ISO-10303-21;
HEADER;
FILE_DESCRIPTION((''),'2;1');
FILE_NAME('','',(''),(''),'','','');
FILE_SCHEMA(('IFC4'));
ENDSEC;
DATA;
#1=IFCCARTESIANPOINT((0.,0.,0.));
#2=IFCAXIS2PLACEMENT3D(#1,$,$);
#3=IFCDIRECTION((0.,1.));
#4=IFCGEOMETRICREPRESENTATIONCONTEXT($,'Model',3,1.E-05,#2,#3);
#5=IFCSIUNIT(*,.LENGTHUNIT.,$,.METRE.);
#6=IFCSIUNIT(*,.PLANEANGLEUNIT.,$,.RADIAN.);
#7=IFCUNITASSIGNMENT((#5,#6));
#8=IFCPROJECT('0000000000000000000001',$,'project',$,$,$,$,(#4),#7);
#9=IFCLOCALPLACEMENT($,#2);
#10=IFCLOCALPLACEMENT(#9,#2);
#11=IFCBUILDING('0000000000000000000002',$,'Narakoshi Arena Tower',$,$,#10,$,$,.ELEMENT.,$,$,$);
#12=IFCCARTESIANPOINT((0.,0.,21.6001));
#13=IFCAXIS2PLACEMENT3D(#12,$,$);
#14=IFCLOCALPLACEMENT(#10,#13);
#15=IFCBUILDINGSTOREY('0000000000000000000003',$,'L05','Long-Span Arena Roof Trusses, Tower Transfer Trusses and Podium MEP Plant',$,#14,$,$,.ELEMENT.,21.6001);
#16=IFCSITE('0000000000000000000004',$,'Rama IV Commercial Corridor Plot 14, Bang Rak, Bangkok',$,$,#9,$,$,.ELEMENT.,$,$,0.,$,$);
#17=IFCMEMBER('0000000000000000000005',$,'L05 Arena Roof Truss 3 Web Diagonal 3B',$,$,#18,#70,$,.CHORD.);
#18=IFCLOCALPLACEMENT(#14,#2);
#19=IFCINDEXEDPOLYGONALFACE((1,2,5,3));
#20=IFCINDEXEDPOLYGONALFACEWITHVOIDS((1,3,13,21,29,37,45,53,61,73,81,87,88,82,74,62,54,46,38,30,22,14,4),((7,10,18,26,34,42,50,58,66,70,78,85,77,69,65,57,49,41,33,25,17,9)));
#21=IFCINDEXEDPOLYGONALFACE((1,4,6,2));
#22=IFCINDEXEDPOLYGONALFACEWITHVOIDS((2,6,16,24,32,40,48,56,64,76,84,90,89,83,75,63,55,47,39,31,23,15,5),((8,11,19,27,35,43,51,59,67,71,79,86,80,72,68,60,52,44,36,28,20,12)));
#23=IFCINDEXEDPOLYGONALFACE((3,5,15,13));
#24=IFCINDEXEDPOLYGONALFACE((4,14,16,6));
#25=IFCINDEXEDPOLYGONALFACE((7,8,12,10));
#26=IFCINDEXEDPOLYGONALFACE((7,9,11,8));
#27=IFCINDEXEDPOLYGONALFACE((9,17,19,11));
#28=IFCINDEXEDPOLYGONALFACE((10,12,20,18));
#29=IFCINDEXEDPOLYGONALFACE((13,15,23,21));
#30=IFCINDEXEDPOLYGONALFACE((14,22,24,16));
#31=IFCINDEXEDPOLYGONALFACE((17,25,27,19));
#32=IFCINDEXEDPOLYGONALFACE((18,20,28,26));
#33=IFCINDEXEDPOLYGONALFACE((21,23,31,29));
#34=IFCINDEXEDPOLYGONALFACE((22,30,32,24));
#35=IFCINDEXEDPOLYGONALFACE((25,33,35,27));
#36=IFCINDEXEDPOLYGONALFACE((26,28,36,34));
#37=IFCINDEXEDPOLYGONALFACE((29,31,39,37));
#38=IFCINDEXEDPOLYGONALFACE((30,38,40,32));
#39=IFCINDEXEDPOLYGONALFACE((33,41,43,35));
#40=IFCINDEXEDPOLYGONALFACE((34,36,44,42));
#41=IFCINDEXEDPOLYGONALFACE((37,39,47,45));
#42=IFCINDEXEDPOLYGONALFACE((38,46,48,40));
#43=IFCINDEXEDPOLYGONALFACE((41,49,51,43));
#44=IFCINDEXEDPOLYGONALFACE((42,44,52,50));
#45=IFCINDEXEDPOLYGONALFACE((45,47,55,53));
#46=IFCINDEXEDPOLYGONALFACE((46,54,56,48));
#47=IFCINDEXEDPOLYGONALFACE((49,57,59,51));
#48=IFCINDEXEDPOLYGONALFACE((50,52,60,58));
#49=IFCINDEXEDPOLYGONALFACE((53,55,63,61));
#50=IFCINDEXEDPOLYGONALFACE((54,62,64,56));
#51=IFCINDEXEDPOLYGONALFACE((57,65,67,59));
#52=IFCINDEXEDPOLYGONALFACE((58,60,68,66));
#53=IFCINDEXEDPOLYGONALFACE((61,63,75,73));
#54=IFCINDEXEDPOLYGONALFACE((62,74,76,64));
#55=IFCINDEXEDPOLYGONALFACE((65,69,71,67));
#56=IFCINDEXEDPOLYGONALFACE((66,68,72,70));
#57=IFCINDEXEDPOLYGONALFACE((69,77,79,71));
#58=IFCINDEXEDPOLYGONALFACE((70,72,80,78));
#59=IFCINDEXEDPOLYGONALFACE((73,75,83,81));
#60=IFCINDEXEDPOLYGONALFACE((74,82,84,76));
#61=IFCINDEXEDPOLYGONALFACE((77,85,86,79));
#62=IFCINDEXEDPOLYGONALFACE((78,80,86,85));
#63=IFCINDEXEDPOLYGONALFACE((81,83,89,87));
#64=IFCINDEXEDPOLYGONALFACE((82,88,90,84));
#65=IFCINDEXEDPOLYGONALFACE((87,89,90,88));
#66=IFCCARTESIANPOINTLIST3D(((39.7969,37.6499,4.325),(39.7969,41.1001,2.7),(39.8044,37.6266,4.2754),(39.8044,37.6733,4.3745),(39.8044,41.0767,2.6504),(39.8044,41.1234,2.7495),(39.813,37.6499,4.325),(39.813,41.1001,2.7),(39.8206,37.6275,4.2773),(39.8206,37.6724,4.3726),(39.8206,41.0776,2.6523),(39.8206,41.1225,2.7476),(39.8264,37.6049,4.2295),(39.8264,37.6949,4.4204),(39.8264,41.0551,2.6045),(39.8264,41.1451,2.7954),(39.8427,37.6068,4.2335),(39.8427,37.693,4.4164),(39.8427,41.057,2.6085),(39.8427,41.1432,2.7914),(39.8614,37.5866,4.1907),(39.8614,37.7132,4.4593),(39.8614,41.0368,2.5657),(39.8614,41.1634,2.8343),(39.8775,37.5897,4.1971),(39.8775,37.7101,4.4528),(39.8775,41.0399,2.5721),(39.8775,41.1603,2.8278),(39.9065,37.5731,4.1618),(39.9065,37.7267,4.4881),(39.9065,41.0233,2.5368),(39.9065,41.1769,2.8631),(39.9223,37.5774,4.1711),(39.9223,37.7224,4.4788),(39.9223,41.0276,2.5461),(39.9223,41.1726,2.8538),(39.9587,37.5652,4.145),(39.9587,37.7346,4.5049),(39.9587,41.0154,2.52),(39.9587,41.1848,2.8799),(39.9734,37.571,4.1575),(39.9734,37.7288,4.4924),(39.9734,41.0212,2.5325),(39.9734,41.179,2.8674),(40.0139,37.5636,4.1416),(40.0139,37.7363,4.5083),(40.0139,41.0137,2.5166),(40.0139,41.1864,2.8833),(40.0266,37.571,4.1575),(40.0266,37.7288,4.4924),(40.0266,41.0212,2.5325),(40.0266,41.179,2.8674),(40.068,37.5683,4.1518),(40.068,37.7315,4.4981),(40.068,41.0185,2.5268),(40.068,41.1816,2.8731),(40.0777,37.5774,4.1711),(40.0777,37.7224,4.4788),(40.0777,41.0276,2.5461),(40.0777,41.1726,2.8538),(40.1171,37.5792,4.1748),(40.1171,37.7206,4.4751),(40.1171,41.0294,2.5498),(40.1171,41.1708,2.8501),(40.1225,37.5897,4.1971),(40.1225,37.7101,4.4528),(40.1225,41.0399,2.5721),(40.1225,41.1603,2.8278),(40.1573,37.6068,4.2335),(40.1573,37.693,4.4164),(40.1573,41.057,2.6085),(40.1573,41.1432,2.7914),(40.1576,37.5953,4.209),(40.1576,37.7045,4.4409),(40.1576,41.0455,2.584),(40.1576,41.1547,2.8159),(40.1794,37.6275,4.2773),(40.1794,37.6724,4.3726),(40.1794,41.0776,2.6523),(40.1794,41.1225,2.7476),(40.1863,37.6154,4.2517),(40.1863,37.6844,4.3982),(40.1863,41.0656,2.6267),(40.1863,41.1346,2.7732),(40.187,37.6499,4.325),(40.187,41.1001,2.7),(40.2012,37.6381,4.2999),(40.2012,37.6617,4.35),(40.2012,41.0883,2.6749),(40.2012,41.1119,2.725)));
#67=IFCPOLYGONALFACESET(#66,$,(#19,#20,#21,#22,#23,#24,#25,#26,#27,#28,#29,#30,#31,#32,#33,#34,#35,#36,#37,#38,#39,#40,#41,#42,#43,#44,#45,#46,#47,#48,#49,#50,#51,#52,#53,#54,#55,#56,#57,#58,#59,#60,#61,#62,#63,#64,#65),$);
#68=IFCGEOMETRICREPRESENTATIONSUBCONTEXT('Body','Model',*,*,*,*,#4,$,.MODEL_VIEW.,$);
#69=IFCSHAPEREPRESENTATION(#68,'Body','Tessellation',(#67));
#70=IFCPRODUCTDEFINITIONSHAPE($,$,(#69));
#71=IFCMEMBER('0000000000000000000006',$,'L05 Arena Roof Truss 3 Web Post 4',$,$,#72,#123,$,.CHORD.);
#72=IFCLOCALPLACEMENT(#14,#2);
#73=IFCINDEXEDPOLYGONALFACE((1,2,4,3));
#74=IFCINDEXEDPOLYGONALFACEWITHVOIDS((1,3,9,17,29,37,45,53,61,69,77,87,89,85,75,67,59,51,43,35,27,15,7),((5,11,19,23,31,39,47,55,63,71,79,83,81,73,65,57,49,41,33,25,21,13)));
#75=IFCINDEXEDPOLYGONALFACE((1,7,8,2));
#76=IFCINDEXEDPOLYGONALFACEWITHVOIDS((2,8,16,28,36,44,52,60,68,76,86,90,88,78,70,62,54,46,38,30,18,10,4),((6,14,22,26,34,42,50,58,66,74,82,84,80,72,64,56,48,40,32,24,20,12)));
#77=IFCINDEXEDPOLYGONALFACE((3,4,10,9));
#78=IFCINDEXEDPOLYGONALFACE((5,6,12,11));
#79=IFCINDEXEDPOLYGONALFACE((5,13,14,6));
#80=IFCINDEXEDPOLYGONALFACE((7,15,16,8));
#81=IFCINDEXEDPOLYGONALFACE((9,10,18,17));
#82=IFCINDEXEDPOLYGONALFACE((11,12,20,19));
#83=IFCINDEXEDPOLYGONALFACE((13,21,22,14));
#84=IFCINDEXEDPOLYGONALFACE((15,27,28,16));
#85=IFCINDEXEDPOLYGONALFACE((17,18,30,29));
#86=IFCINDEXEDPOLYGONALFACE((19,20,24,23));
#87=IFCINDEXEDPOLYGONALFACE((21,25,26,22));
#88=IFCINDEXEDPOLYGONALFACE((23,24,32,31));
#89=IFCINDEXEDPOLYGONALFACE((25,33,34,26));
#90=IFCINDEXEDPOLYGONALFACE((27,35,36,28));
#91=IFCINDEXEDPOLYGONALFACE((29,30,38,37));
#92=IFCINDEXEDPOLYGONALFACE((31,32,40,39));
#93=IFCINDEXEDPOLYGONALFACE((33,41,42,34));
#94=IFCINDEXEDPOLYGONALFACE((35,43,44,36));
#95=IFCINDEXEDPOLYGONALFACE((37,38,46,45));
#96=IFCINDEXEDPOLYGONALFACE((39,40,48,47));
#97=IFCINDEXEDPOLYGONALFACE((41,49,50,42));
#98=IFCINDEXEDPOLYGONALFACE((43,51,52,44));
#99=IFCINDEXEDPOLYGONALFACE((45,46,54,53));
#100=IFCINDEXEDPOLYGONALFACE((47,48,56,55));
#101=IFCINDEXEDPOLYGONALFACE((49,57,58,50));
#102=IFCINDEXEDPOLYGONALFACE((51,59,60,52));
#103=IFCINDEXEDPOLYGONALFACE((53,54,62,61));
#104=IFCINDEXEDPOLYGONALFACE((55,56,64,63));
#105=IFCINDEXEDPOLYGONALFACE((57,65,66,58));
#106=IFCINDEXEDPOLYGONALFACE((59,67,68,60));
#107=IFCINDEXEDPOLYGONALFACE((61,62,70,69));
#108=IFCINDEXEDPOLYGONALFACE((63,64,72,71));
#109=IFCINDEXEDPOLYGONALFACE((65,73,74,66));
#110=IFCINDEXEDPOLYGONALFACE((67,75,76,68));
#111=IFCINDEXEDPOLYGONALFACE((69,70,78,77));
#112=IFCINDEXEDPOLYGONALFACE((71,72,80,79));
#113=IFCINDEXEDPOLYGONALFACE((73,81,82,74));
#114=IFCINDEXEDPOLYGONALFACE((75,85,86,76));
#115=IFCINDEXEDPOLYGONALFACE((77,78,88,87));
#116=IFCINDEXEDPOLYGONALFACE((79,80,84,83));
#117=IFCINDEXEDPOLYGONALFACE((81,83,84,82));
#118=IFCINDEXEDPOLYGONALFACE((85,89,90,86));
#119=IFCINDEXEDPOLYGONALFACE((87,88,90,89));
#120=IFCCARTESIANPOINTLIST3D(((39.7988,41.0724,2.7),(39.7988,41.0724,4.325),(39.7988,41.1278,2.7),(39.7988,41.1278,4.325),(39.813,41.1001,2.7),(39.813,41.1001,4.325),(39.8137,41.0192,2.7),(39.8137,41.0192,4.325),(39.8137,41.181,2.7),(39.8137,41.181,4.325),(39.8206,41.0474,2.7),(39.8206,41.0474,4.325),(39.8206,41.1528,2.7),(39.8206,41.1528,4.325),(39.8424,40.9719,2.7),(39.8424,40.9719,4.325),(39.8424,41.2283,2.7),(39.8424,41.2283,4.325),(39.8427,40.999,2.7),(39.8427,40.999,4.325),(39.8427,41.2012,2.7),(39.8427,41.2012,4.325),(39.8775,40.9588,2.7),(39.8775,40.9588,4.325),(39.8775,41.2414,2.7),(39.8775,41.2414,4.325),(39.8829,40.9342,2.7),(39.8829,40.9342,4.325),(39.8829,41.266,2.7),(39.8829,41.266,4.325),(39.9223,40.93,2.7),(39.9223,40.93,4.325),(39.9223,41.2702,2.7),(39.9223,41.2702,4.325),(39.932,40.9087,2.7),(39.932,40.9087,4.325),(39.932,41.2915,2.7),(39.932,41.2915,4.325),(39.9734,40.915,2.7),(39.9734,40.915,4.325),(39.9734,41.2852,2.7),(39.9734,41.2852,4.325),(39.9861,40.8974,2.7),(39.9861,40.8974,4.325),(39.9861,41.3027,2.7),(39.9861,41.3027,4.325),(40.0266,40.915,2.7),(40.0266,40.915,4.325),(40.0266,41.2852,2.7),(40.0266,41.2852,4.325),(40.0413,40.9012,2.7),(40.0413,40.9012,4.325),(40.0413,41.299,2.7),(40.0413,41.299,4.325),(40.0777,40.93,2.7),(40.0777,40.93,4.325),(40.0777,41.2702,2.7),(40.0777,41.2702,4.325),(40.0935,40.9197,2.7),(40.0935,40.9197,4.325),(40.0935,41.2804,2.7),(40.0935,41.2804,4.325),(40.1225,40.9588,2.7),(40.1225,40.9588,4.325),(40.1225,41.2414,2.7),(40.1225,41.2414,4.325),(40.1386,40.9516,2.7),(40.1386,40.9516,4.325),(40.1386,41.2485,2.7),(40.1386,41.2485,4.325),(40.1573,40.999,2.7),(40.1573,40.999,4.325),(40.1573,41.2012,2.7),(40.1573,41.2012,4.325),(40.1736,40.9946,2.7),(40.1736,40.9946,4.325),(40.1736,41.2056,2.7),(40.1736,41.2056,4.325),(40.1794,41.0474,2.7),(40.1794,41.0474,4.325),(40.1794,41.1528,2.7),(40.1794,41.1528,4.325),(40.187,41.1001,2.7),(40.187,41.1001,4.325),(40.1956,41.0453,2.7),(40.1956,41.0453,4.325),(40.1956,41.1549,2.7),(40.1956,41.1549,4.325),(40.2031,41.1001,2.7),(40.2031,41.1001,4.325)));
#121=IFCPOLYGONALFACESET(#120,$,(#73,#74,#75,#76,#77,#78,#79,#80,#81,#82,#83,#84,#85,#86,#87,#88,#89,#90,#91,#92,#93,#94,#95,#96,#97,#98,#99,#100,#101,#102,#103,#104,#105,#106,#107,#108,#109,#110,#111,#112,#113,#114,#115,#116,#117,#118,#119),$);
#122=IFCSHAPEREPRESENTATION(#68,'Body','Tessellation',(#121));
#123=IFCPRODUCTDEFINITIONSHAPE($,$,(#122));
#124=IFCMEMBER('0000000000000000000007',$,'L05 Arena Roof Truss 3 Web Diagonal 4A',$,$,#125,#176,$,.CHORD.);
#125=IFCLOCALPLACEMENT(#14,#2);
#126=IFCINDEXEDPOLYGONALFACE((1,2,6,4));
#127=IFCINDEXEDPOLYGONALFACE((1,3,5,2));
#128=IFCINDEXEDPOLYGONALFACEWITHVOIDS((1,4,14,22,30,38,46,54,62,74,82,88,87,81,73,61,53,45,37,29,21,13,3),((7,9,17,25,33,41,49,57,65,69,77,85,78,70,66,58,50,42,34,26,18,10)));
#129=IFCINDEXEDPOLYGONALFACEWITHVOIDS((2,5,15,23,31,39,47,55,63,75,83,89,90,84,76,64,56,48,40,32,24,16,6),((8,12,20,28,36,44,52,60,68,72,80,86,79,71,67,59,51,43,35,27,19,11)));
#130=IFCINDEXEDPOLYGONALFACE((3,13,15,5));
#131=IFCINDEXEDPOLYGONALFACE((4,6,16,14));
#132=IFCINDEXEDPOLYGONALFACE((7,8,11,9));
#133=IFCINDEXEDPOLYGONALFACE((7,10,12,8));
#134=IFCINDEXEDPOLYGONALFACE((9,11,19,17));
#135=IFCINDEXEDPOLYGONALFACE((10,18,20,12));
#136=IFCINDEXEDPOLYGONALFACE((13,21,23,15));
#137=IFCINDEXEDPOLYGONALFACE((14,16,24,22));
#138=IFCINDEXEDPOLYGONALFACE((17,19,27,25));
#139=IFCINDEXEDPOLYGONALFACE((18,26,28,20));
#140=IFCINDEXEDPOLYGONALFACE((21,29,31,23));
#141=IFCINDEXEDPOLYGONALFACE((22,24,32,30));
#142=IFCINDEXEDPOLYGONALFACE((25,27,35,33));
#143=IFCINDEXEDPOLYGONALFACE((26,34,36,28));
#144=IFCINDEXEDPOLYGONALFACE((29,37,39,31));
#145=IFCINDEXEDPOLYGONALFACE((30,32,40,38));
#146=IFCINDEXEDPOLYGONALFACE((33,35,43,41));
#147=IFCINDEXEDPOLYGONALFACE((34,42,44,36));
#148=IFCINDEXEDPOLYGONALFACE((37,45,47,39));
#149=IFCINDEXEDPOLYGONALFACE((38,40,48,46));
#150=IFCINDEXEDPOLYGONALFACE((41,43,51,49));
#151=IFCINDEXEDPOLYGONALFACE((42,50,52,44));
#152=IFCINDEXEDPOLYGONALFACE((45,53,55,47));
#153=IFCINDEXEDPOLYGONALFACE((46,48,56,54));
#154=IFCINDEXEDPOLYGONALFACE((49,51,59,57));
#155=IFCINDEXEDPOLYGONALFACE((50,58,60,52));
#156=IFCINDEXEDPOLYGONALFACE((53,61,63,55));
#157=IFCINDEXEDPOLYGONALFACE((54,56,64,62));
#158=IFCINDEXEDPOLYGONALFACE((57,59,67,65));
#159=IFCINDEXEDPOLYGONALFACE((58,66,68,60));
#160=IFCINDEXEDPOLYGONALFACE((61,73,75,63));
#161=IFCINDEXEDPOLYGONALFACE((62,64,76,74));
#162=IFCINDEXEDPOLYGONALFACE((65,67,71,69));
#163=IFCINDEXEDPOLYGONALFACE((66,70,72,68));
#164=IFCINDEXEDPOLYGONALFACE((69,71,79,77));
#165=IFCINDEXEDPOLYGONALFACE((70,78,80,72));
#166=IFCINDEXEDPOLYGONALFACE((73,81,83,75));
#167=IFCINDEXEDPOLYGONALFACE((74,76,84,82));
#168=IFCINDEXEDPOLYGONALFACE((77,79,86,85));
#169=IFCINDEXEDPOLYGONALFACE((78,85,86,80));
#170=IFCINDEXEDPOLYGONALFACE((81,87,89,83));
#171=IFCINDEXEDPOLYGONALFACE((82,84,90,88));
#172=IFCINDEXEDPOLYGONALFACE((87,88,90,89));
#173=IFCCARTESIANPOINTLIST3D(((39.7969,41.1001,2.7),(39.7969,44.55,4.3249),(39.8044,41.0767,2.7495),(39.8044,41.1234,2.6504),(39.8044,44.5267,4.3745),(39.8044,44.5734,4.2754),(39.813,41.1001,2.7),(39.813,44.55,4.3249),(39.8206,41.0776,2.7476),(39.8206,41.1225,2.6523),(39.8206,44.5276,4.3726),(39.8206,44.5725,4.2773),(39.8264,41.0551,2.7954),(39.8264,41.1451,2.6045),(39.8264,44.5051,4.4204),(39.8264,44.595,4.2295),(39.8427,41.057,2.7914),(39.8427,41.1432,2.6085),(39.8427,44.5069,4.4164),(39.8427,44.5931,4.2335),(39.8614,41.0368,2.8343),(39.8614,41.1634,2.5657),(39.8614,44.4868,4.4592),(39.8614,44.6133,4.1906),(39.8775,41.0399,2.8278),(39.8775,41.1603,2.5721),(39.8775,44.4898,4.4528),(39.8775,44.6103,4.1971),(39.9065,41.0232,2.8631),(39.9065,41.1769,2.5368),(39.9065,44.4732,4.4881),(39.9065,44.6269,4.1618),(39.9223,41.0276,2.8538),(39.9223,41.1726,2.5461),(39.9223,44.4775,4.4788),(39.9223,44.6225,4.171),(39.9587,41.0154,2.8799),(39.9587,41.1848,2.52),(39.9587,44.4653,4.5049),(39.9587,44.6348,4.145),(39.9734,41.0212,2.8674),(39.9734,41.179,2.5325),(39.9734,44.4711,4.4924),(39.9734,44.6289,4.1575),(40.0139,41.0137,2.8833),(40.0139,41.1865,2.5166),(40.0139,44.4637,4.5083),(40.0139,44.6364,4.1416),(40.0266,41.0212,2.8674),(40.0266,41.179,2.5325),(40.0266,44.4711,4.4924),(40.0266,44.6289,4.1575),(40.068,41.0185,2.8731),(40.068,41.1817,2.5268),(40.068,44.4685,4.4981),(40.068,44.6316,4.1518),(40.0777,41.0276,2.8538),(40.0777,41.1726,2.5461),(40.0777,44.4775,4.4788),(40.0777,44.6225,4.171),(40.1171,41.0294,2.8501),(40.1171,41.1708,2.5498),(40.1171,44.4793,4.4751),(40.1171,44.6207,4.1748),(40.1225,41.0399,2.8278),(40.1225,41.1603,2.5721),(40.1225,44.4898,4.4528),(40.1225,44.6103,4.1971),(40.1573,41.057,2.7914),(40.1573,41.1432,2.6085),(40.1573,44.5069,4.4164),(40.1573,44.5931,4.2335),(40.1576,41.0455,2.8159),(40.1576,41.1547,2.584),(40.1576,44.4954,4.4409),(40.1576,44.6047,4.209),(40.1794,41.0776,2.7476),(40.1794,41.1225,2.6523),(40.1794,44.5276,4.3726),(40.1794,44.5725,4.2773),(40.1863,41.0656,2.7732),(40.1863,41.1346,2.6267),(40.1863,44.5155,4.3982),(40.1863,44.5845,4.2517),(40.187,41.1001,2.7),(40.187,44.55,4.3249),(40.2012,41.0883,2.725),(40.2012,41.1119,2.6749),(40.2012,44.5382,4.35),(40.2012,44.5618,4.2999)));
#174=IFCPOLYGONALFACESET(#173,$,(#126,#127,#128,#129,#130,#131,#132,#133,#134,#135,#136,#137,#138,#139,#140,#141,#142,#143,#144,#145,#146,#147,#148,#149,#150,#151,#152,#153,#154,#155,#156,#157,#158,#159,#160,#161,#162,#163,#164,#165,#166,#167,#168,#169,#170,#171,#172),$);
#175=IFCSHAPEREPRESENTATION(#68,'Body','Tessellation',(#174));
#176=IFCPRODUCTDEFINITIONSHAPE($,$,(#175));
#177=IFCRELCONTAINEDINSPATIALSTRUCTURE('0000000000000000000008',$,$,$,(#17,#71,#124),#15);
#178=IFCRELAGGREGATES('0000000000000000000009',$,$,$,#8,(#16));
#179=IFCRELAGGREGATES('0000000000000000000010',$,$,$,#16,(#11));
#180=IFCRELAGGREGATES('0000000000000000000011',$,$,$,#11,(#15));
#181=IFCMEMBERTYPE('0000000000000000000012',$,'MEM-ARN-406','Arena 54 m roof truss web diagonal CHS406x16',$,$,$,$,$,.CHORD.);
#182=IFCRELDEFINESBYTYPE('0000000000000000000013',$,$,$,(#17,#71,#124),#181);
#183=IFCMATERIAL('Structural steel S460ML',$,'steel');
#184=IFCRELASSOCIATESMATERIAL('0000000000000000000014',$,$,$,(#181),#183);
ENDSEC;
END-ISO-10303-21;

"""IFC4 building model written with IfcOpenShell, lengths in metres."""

from ifc_helpers import new_model, si_unit, direction, frame, origin, origin_2d, place, context, subcontext, project, spatial, hollow_circle, extrude, material, material_profile, profile_set, type_object, element, save


model = new_model("IFC4")

# Units and contexts
model_context = context("Model", 3, precision=1e-05, world=origin(), true_north=direction((0.0, 1.0)))
body_context = subcontext(model_context, "Body", "Model", "MODEL_VIEW")
ifc_project = project(units=[si_unit("LENGTHUNIT", "METRE"), si_unit("PLANEANGLEUNIT", "RADIAN")], contexts=[model_context])

# Site, building, storey
site_placement = place(None, origin())
site = spatial("IfcSite", under=ifc_project, at=site_placement, Name="Rama IV Commercial Corridor Plot 14, Bang Rak, Bangkok", CompositionType="ELEMENT", RefElevation=0.0)
building_placement = place(site_placement, origin())
building = spatial("IfcBuilding", under=site, at=building_placement, Name="Narakoshi Arena Tower", CompositionType="ELEMENT")
storey_placement = place(building_placement, frame((0.0, 0.0, 21.6001)))
storey = spatial("IfcBuildingStorey", under=building, at=storey_placement, Name="L05", Description="Long-Span Arena Roof Trusses, Tower Transfer Trusses and Podium MEP Plant", CompositionType="ELEMENT", Elevation=21.6001)

# Shared definitions
ifc_material_1 = material(Name="Structural steel S460ML", Category="steel")

# Members
ifc_material_profile_1 = material_profile(ifc_material_1, hollow_circle(Radius=0.2031, WallThickness=0.0161, at=origin_2d()), Name="CHS406x16")
ifc_profile_set_1 = profile_set([ifc_material_profile_1], Name="Structural steel S460ML")
member_type = type_object("IfcMemberType", Name="MEM-ARN-406", Description="Arena 54 m roof truss web diagonal CHS406x16", PredefinedType="CHORD", material=ifc_profile_set_1)
member_1_placement = place(storey_placement, frame((40.0, 37.6499, 4.325), z_axis=(0.0, 0.904679, -0.426093), x_axis=(-1.0, 0.0, 0.0)))
element("IfcMember", 1, at=member_1_placement, inside=storey, type_object=member_type, Name="L05 Arena Roof Truss 3 Web Diagonal 3B", PredefinedType="CHORD", context=body_context, shape_type="SweptSolid", body=[
    extrude(hollow_circle(Radius=0.2031, WallThickness=0.0161, at=origin_2d()), origin(), (0.0, 0.0, 1.0), 3.8137),
])
member_2_placement = place(storey_placement, frame((40.0, 41.1001, 2.7), z_axis=(0.0, 0.0, 1.0), x_axis=(1.0, 0.0, 0.0)))
element("IfcMember", 2, at=member_2_placement, inside=storey, type_object=member_type, Name="L05 Arena Roof Truss 3 Web Post 4", PredefinedType="CHORD", context=body_context, shape_type="SweptSolid", body=[
    extrude(hollow_circle(Radius=0.2031, WallThickness=0.0161, at=origin_2d()), origin(), (0.0, 0.0, 1.0), 1.625),
])
for number, where, z_axis, x_axis, name in (
    (3, (40.0, 41.1001, 2.7), (0.0, 0.904668, 0.426118), (-1.0, 0.0, 0.0), "L05 Arena Roof Truss 3 Web Diagonal 4A"),
):
    element("IfcMember", number, at=place(storey_placement, frame(where, z_axis=z_axis, x_axis=x_axis)), inside=storey, type_object=member_type, Name=name, PredefinedType="CHORD", context=body_context, shape_type="SweptSolid", body=[
        extrude(hollow_circle(Radius=0.2031, WallThickness=0.0161, at=origin_2d()), origin(), (0.0, 0.0, 1.0), 3.8135),
    ])

save(model, "model.ifc")
